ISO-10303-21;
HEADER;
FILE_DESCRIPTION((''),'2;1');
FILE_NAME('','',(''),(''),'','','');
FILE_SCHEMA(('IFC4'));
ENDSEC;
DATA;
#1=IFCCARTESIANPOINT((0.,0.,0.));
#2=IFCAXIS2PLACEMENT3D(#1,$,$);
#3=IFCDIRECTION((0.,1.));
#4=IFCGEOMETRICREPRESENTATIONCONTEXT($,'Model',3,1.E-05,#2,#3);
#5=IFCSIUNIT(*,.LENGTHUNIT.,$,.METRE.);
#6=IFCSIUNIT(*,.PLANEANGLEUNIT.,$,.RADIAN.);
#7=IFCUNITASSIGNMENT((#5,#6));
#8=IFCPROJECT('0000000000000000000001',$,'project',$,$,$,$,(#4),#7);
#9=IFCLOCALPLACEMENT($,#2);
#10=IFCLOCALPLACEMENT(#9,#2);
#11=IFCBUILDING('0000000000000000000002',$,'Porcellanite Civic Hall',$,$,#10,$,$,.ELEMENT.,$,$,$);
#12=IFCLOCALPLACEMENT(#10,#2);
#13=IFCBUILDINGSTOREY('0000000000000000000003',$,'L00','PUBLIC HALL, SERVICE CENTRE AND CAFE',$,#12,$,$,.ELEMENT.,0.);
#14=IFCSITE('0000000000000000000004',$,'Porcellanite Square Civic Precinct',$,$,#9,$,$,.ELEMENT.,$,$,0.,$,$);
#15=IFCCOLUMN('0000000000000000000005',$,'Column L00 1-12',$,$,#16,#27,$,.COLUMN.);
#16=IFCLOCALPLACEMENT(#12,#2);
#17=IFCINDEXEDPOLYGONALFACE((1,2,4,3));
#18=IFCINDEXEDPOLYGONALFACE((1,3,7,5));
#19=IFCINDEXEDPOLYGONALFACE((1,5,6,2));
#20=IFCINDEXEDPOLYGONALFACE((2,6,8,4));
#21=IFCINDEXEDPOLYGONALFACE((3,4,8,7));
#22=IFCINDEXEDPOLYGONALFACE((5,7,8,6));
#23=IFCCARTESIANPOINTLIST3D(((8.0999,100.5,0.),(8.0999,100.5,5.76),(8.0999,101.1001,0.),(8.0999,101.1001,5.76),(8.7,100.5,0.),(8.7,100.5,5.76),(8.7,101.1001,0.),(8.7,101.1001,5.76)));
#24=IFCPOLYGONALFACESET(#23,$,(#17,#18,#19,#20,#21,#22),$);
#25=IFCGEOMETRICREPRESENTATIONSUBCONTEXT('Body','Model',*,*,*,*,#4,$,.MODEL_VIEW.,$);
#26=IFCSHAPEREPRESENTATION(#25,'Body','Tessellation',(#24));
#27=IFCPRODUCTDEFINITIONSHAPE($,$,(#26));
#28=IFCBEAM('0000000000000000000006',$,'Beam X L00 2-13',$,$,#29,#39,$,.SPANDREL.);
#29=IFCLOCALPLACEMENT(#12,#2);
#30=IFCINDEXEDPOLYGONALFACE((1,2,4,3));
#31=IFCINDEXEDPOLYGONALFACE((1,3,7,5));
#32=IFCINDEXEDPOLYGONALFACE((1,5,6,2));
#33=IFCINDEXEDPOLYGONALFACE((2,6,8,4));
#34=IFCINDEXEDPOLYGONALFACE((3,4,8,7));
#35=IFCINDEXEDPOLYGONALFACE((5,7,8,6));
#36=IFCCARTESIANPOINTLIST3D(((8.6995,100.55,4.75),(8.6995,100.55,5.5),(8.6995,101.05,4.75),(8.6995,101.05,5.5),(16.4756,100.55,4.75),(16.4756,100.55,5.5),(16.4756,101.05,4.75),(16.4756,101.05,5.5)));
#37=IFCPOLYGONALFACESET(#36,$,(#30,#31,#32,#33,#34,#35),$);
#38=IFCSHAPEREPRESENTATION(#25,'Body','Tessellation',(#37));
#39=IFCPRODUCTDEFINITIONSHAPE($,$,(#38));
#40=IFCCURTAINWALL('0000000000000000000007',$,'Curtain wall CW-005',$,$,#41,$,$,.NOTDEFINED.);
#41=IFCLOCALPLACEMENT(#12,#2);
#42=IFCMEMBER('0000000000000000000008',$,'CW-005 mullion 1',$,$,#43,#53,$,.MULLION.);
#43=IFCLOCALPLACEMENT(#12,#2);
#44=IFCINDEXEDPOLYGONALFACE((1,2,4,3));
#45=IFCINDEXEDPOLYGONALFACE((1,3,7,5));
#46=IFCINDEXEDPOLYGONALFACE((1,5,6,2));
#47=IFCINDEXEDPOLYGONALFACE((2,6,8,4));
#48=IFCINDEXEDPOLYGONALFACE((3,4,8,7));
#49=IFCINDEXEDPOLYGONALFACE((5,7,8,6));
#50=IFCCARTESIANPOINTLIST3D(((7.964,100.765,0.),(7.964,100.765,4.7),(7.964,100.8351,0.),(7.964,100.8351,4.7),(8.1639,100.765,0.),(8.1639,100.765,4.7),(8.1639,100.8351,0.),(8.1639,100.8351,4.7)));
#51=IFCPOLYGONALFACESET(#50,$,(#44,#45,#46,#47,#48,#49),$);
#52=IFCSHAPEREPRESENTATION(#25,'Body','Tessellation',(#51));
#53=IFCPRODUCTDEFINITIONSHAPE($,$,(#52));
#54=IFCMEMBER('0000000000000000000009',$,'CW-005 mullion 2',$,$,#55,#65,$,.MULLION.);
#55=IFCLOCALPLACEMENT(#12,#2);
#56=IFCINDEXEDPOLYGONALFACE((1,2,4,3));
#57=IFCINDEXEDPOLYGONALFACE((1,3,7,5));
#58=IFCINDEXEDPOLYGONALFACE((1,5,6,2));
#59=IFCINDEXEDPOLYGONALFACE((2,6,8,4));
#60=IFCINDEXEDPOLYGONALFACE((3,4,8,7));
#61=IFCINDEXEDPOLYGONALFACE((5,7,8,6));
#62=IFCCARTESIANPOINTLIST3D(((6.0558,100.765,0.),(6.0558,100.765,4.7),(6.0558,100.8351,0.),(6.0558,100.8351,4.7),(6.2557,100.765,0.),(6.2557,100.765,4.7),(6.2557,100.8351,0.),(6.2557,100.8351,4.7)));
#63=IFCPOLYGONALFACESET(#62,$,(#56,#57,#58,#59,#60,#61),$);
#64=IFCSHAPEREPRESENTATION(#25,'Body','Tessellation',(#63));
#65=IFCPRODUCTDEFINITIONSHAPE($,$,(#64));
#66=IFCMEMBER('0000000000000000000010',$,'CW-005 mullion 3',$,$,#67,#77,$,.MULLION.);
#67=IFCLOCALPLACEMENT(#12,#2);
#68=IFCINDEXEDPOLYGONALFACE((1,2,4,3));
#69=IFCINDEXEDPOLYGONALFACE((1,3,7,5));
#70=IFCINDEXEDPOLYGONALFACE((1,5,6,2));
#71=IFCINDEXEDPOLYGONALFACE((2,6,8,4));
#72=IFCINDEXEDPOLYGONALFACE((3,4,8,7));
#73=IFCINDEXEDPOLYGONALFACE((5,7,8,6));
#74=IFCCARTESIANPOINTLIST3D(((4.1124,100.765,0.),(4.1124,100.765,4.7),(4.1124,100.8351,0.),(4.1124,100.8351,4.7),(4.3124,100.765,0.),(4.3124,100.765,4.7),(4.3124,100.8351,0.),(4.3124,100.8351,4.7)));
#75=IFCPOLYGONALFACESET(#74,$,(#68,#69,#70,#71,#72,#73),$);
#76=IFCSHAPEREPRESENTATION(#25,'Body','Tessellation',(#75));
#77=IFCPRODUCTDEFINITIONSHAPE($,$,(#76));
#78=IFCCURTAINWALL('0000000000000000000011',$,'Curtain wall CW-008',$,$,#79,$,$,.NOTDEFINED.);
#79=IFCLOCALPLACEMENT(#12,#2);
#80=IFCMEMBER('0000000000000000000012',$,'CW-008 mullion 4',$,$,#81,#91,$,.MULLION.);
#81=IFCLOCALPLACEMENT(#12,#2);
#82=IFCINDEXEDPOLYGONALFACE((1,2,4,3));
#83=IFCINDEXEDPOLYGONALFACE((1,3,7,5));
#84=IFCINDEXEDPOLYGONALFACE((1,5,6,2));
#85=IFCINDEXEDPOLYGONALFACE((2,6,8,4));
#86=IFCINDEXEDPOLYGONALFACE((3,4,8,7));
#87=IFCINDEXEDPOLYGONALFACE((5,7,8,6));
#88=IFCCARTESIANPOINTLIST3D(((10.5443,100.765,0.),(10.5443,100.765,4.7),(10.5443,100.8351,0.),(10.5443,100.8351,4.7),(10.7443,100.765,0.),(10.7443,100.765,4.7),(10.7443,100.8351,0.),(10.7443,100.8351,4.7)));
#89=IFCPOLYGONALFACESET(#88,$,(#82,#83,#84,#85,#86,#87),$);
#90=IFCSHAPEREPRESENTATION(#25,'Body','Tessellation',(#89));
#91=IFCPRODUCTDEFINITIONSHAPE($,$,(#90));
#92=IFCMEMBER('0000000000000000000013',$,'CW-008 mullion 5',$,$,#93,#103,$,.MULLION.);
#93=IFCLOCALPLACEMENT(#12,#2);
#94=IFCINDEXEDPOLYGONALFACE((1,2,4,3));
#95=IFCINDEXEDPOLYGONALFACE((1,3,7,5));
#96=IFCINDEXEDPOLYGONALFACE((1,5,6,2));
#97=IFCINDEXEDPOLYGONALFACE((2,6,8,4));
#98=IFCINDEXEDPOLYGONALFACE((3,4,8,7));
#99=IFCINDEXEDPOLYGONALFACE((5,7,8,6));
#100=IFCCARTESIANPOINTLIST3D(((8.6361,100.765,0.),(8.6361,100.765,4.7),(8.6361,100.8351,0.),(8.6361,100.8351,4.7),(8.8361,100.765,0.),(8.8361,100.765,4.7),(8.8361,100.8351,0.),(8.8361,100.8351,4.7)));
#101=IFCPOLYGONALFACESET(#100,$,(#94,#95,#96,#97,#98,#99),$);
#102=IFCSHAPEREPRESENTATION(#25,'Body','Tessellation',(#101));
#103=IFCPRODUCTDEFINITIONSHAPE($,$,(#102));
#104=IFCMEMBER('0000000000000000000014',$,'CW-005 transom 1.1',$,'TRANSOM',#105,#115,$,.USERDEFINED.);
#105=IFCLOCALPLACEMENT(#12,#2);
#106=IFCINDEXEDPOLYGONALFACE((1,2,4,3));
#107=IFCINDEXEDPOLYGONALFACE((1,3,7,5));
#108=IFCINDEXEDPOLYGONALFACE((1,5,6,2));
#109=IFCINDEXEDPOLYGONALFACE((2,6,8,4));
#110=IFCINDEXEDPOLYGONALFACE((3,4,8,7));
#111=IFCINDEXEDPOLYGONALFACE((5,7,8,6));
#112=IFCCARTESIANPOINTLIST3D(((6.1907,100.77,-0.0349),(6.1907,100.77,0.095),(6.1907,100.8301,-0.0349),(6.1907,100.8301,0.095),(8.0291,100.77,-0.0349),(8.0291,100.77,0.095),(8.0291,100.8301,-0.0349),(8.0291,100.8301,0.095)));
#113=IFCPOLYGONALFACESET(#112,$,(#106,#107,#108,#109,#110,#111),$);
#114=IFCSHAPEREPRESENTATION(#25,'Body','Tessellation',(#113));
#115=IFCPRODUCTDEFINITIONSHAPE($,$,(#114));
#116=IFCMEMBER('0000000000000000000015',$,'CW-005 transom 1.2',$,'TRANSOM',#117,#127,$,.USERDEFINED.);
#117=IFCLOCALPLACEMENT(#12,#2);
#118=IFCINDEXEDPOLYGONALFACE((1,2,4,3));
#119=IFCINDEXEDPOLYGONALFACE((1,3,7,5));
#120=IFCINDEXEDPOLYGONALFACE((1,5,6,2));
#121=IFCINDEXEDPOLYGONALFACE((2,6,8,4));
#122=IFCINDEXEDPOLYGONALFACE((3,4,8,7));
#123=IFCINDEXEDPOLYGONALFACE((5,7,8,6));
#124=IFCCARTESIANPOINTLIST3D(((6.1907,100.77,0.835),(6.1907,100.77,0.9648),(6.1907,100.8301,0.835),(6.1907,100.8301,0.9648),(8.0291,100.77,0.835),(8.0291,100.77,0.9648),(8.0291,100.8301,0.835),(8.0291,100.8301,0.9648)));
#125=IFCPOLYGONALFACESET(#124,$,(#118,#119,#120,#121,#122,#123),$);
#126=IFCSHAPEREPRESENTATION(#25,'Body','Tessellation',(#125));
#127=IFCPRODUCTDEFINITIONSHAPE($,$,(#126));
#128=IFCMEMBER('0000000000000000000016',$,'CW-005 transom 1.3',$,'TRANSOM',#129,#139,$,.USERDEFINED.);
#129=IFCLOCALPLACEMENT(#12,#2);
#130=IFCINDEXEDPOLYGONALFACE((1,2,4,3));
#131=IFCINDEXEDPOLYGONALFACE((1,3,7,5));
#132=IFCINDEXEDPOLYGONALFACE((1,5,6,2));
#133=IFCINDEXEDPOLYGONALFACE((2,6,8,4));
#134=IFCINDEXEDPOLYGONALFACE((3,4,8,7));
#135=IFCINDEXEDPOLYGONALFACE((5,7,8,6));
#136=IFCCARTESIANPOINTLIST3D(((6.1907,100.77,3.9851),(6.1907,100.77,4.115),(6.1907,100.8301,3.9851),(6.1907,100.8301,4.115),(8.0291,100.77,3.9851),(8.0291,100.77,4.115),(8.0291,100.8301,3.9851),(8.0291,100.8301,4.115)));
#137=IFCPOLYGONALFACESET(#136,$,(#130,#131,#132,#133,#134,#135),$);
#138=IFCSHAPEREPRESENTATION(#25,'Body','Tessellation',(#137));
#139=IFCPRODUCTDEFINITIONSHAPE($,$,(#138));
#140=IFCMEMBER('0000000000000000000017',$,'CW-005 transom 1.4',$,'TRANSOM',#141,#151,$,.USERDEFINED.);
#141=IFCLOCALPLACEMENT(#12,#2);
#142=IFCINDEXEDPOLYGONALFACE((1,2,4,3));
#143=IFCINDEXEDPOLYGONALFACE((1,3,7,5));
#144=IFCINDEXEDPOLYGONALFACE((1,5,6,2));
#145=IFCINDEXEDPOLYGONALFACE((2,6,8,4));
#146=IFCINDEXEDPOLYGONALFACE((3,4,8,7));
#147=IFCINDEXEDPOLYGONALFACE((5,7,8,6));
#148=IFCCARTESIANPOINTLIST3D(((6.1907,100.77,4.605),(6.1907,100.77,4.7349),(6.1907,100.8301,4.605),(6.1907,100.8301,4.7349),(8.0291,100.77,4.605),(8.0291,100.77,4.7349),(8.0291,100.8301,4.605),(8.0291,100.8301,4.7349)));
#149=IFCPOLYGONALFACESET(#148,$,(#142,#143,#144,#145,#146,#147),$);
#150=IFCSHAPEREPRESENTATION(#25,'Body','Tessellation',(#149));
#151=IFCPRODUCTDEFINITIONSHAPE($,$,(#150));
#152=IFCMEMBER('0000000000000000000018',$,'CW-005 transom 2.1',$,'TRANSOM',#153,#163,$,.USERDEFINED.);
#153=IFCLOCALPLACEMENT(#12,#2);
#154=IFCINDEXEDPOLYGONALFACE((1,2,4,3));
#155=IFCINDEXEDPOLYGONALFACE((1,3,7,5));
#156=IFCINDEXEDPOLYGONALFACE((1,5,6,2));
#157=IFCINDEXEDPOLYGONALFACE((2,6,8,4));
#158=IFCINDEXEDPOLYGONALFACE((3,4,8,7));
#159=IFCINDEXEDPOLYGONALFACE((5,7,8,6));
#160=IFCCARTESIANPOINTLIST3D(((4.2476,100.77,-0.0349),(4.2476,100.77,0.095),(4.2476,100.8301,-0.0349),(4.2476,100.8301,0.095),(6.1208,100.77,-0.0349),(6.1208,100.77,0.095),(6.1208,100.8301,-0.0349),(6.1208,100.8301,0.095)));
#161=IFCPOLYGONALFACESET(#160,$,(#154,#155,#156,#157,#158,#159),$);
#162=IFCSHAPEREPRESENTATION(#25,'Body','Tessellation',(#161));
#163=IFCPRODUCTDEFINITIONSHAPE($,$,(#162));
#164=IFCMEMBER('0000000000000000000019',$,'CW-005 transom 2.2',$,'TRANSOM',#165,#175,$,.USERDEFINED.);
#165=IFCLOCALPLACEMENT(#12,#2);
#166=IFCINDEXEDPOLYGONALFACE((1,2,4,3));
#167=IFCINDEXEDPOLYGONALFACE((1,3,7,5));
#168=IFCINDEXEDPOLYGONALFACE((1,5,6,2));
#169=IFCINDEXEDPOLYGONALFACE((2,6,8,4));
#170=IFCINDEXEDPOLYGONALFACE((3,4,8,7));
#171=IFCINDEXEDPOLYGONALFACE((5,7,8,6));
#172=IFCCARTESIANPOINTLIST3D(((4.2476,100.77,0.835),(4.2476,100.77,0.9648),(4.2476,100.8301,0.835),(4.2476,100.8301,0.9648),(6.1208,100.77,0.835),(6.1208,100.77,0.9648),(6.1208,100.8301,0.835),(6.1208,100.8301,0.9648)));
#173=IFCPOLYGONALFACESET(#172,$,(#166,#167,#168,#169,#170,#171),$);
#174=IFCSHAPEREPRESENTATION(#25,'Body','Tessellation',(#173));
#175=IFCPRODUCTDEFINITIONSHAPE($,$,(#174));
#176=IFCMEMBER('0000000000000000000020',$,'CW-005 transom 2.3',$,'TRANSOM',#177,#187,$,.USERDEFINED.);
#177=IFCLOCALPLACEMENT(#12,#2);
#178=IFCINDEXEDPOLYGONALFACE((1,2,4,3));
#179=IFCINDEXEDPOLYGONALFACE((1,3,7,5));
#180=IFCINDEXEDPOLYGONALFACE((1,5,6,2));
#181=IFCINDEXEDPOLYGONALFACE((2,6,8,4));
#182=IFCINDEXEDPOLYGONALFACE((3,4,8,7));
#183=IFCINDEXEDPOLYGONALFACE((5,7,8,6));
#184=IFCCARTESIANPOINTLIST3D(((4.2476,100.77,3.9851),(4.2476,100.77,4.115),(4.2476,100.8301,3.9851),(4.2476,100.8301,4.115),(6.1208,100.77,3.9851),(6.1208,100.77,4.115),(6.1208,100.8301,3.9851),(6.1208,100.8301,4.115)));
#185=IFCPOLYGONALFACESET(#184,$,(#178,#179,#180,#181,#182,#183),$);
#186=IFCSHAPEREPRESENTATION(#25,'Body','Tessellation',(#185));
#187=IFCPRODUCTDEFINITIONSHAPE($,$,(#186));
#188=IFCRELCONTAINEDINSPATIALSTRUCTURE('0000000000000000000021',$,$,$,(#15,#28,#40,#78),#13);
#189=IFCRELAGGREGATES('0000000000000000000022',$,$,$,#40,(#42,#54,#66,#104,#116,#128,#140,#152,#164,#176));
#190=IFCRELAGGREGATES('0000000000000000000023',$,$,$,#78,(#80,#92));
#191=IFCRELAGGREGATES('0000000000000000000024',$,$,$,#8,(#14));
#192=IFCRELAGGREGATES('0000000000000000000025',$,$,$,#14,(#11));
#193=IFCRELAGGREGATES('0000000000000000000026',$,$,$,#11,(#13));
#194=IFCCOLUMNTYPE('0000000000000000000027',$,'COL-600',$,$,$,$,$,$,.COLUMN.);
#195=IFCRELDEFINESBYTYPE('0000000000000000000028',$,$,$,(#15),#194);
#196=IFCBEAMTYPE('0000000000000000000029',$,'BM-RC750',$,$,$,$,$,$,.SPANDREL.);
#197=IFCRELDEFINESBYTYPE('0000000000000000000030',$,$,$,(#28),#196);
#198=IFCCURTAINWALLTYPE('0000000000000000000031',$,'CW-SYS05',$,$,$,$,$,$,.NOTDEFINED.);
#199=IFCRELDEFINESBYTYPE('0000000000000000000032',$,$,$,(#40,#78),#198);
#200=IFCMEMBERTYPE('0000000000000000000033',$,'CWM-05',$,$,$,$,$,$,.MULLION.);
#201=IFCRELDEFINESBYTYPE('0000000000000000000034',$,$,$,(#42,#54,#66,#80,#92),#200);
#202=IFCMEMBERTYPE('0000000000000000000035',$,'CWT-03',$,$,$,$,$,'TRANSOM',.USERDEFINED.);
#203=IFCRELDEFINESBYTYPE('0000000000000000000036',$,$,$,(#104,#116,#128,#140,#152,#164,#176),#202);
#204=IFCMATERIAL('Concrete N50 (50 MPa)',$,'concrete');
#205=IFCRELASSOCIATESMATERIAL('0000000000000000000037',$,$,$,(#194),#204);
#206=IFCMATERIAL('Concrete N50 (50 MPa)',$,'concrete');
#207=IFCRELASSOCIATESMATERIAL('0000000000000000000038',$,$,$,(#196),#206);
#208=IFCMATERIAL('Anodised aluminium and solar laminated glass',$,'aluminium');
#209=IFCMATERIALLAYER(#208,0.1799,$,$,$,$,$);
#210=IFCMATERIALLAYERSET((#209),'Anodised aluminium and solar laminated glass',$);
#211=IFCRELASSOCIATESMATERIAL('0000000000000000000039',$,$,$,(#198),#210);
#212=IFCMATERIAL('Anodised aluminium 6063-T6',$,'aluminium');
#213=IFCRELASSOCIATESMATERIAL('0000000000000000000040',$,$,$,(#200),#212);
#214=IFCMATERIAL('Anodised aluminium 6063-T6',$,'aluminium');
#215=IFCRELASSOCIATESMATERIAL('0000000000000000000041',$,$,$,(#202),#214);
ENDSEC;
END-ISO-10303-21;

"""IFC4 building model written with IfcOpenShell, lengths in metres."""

from ifc_helpers import new_model, si_unit, direction, frame, origin, origin_2d, place, context, subcontext, project, spatial, rectangle, extrude, material, layer, layer_set, material_profile, profile_set, type_object, element, aggregate, save


model = new_model("IFC4")

# Units and contexts
model_context = context("Model", 3, precision=1e-05, world=origin(), true_north=direction((0.0, 1.0)))
body_context = subcontext(model_context, "Body", "Model", "MODEL_VIEW")
ifc_project = project(units=[si_unit("LENGTHUNIT", "METRE"), si_unit("PLANEANGLEUNIT", "RADIAN")], contexts=[model_context])

# Site, building, storey
site_placement = place(None, origin())
site = spatial("IfcSite", under=ifc_project, at=site_placement, Name="Porcellanite Square Civic Precinct", CompositionType="ELEMENT", RefElevation=0.0)
building_placement = place(site_placement, origin())
building = spatial("IfcBuilding", under=site, at=building_placement, Name="Porcellanite Civic Hall", CompositionType="ELEMENT")
storey_placement = place(building_placement, origin())
storey = spatial("IfcBuildingStorey", under=building, at=storey_placement, Name="L00", Description="PUBLIC HALL, SERVICE CENTRE AND CAFE", CompositionType="ELEMENT", Elevation=0.0)

# Column
ifc_material_1 = material(Name="Concrete N50 (50 MPa)", Category="concrete")
ifc_material_profile_1 = material_profile(ifc_material_1, rectangle(XDim=0.6001, YDim=0.6001, at=origin_2d()), Name="RC-600x600")
ifc_profile_set_1 = profile_set([ifc_material_profile_1], Name="Concrete N50 (50 MPa)")
column_type = type_object("IfcColumnType", Name="COL-600", PredefinedType="COLUMN", material=ifc_profile_set_1)
column_placement = place(storey_placement, frame((8.3999, 100.8, 0.0), z_axis=(0.0, 0.0, 1.0), x_axis=(1.0, 0.0, 0.0)))
element("IfcColumn", 1, at=column_placement, inside=storey, type_object=column_type, Name="Column L00 1-12", PredefinedType="COLUMN", context=body_context, shape_type="SweptSolid", body=[
    extrude(rectangle(XDim=0.6001, YDim=0.6001, at=origin_2d()), origin(), (0.0, 0.0, 1.0), 5.76),
])

# Beam
ifc_material_2 = material(Name="Concrete N50 (50 MPa)", Category="concrete")
ifc_material_profile_2 = material_profile(ifc_material_2, rectangle(XDim=0.5, YDim=0.75, at=origin_2d()), Name="RC-500x750")
ifc_profile_set_2 = profile_set([ifc_material_profile_2], Name="Concrete N50 (50 MPa)")
beam_type = type_object("IfcBeamType", Name="BM-RC750", PredefinedType="SPANDREL", material=ifc_profile_set_2)
beam_placement = place(storey_placement, frame((8.6995, 100.8, 5.125), z_axis=(1.0, 0.0, 0.0), x_axis=(0.0, 1.0, 0.0)))
element("IfcBeam", 2, at=beam_placement, inside=storey, type_object=beam_type, Name="Beam X L00 2-13", PredefinedType="SPANDREL", context=body_context, shape_type="SweptSolid", body=[
    extrude(rectangle(XDim=0.5, YDim=0.75, at=origin_2d()), origin(), (0.0, 0.0, 1.0), 7.7761),
])

# Curtain walls, members
ifc_material_3 = material(Name="Anodised aluminium and solar laminated glass", Category="aluminium")
ifc_layer_1 = layer(ifc_material_3, 0.1799)
ifc_layer_set_1 = layer_set([ifc_layer_1], Name="Anodised aluminium and solar laminated glass")
curtain_wall_type = type_object("IfcCurtainWallType", Name="CW-SYS05", PredefinedType="NOTDEFINED", material=ifc_layer_set_1)
curtain_wall_1_placement = place(storey_placement, origin())
curtain_wall_1 = element("IfcCurtainWall", 3, at=curtain_wall_1_placement, inside=storey, type_object=curtain_wall_type, Name="Curtain wall CW-005", PredefinedType="NOTDEFINED")
ifc_material_4 = material(Name="Anodised aluminium 6063-T6", Category="aluminium")
ifc_material_profile_3 = material_profile(ifc_material_4, rectangle(XDim=0.0701, YDim=0.2, at=origin_2d()), Name="AL-70x200")
ifc_profile_set_3 = profile_set([ifc_material_profile_3], Name="Anodised aluminium 6063-T6")
member_type_1 = type_object("IfcMemberType", Name="CWM-05", PredefinedType="MULLION", material=ifc_profile_set_3)
member_1_placement = place(storey_placement, frame((8.064, 100.8, 0.0), z_axis=(0.0, 0.0, 1.0), x_axis=(0.0, -1.0, 0.0)))
member_1 = element("IfcMember", 4, at=member_1_placement, type_object=member_type_1, Name="CW-005 mullion 1", PredefinedType="MULLION", context=body_context, shape_type="SweptSolid", body=[
    extrude(rectangle(XDim=0.0701, YDim=0.2, at=origin_2d()), origin(), (0.0, 0.0, 1.0), 4.7),
])
member_2_placement = place(storey_placement, frame((6.1558, 100.8, 0.0), z_axis=(0.0, 0.0, 1.0), x_axis=(0.0, -1.0, 0.0)))
member_2 = element("IfcMember", 5, at=member_2_placement, type_object=member_type_1, Name="CW-005 mullion 2", PredefinedType="MULLION", context=body_context, shape_type="SweptSolid", body=[
    extrude(rectangle(XDim=0.0701, YDim=0.2, at=origin_2d()), origin(), (0.0, 0.0, 1.0), 4.7),
])
member_3_placement = place(storey_placement, frame((4.2124, 100.8, 0.0), z_axis=(0.0, 0.0, 1.0), x_axis=(0.0, -1.0, 0.0)))
member_3 = element("IfcMember", 6, at=member_3_placement, type_object=member_type_1, Name="CW-005 mullion 3", PredefinedType="MULLION", context=body_context, shape_type="SweptSolid", body=[
    extrude(rectangle(XDim=0.0701, YDim=0.2, at=origin_2d()), origin(), (0.0, 0.0, 1.0), 4.7),
])
curtain_wall_2_placement = place(storey_placement, origin())
curtain_wall_2 = element("IfcCurtainWall", 7, at=curtain_wall_2_placement, inside=storey, type_object=curtain_wall_type, Name="Curtain wall CW-008", PredefinedType="NOTDEFINED")
member_4_placement = place(storey_placement, frame((10.6443, 100.8, 0.0), z_axis=(0.0, 0.0, 1.0), x_axis=(0.0, -1.0, 0.0)))
member_4 = element("IfcMember", 8, at=member_4_placement, type_object=member_type_1, Name="CW-008 mullion 4", PredefinedType="MULLION", context=body_context, shape_type="SweptSolid", body=[
    extrude(rectangle(XDim=0.0701, YDim=0.2, at=origin_2d()), origin(), (0.0, 0.0, 1.0), 4.7),
])
member_5_placement = place(storey_placement, frame((8.7361, 100.8, 0.0), z_axis=(0.0, 0.0, 1.0), x_axis=(0.0, -1.0, 0.0)))
member_5 = element("IfcMember", 9, at=member_5_placement, type_object=member_type_1, Name="CW-008 mullion 5", PredefinedType="MULLION", context=body_context, shape_type="SweptSolid", body=[
    extrude(rectangle(XDim=0.0701, YDim=0.2, at=origin_2d()), origin(), (0.0, 0.0, 1.0), 4.7),
])

# Members
ifc_material_5 = material(Name="Anodised aluminium 6063-T6", Category="aluminium")
ifc_material_profile_4 = material_profile(ifc_material_5, rectangle(XDim=0.0601, YDim=0.1299, at=origin_2d()), Name="AL-60x130")
ifc_profile_set_4 = profile_set([ifc_material_profile_4], Name="Anodised aluminium 6063-T6")
member_type_2 = type_object("IfcMemberType", Name="CWT-03", ElementType="TRANSOM", PredefinedType="USERDEFINED", material=ifc_profile_set_4)
member_6_placement = place(storey_placement, frame((8.0291, 100.8, 0.03), z_axis=(-1.0, 0.0, 0.0), x_axis=(0.0, -1.0, 0.0)))
member_6 = element("IfcMember", 10, at=member_6_placement, type_object=member_type_2, Name="CW-005 transom 1.1", ObjectType="TRANSOM", PredefinedType="USERDEFINED", context=body_context, shape_type="SweptSolid", body=[
    extrude(rectangle(XDim=0.0601, YDim=0.1299, at=origin_2d()), origin(), (0.0, 0.0, 1.0), 1.8384),
])
member_7_placement = place(storey_placement, frame((8.0291, 100.8, 0.8999), z_axis=(-1.0, 0.0, 0.0), x_axis=(0.0, -1.0, 0.0)))
member_7 = element("IfcMember", 11, at=member_7_placement, type_object=member_type_2, Name="CW-005 transom 1.2", ObjectType="TRANSOM", PredefinedType="USERDEFINED", context=body_context, shape_type="SweptSolid", body=[
    extrude(rectangle(XDim=0.0601, YDim=0.1299, at=origin_2d()), origin(), (0.0, 0.0, 1.0), 1.8384),
])
member_8_placement = place(storey_placement, frame((8.0291, 100.8, 4.05), z_axis=(-1.0, 0.0, 0.0), x_axis=(0.0, -1.0, 0.0)))
member_8 = element("IfcMember", 12, at=member_8_placement, type_object=member_type_2, Name="CW-005 transom 1.3", ObjectType="TRANSOM", PredefinedType="USERDEFINED", context=body_context, shape_type="SweptSolid", body=[
    extrude(rectangle(XDim=0.0601, YDim=0.1299, at=origin_2d()), origin(), (0.0, 0.0, 1.0), 1.8384),
])
member_9_placement = place(storey_placement, frame((8.0291, 100.8, 4.6699), z_axis=(-1.0, 0.0, 0.0), x_axis=(0.0, -1.0, 0.0)))
member_9 = element("IfcMember", 13, at=member_9_placement, type_object=member_type_2, Name="CW-005 transom 1.4", ObjectType="TRANSOM", PredefinedType="USERDEFINED", context=body_context, shape_type="SweptSolid", body=[
    extrude(rectangle(XDim=0.0601, YDim=0.1299, at=origin_2d()), origin(), (0.0, 0.0, 1.0), 1.8384),
])
member_10_placement = place(storey_placement, frame((6.1208, 100.8, 0.03), z_axis=(-1.0, 0.0, 0.0), x_axis=(0.0, -1.0, 0.0)))
member_10 = element("IfcMember", 14, at=member_10_placement, type_object=member_type_2, Name="CW-005 transom 2.1", ObjectType="TRANSOM", PredefinedType="USERDEFINED", context=body_context, shape_type="SweptSolid", body=[
    extrude(rectangle(XDim=0.0601, YDim=0.1299, at=origin_2d()), origin(), (0.0, 0.0, 1.0), 1.8733),
])
member_11_placement = place(storey_placement, frame((6.1208, 100.8, 0.8999), z_axis=(-1.0, 0.0, 0.0), x_axis=(0.0, -1.0, 0.0)))
member_11 = element("IfcMember", 15, at=member_11_placement, type_object=member_type_2, Name="CW-005 transom 2.2", ObjectType="TRANSOM", PredefinedType="USERDEFINED", context=body_context, shape_type="SweptSolid", body=[
    extrude(rectangle(XDim=0.0601, YDim=0.1299, at=origin_2d()), origin(), (0.0, 0.0, 1.0), 1.8733),
])
member_12_placement = place(storey_placement, frame((6.1208, 100.8, 4.05), z_axis=(-1.0, 0.0, 0.0), x_axis=(0.0, -1.0, 0.0)))
member_12 = element("IfcMember", 16, at=member_12_placement, type_object=member_type_2, Name="CW-005 transom 2.3", ObjectType="TRANSOM", PredefinedType="USERDEFINED", context=body_context, shape_type="SweptSolid", body=[
    extrude(rectangle(XDim=0.0601, YDim=0.1299, at=origin_2d()), origin(), (0.0, 0.0, 1.0), 1.8733),
])

aggregate(curtain_wall_1, [member_1, member_2, member_3, member_6, member_7, member_8, member_9, member_10, member_11, member_12])
aggregate(curtain_wall_2, [member_4, member_5])

save(model, "model.ifc")
